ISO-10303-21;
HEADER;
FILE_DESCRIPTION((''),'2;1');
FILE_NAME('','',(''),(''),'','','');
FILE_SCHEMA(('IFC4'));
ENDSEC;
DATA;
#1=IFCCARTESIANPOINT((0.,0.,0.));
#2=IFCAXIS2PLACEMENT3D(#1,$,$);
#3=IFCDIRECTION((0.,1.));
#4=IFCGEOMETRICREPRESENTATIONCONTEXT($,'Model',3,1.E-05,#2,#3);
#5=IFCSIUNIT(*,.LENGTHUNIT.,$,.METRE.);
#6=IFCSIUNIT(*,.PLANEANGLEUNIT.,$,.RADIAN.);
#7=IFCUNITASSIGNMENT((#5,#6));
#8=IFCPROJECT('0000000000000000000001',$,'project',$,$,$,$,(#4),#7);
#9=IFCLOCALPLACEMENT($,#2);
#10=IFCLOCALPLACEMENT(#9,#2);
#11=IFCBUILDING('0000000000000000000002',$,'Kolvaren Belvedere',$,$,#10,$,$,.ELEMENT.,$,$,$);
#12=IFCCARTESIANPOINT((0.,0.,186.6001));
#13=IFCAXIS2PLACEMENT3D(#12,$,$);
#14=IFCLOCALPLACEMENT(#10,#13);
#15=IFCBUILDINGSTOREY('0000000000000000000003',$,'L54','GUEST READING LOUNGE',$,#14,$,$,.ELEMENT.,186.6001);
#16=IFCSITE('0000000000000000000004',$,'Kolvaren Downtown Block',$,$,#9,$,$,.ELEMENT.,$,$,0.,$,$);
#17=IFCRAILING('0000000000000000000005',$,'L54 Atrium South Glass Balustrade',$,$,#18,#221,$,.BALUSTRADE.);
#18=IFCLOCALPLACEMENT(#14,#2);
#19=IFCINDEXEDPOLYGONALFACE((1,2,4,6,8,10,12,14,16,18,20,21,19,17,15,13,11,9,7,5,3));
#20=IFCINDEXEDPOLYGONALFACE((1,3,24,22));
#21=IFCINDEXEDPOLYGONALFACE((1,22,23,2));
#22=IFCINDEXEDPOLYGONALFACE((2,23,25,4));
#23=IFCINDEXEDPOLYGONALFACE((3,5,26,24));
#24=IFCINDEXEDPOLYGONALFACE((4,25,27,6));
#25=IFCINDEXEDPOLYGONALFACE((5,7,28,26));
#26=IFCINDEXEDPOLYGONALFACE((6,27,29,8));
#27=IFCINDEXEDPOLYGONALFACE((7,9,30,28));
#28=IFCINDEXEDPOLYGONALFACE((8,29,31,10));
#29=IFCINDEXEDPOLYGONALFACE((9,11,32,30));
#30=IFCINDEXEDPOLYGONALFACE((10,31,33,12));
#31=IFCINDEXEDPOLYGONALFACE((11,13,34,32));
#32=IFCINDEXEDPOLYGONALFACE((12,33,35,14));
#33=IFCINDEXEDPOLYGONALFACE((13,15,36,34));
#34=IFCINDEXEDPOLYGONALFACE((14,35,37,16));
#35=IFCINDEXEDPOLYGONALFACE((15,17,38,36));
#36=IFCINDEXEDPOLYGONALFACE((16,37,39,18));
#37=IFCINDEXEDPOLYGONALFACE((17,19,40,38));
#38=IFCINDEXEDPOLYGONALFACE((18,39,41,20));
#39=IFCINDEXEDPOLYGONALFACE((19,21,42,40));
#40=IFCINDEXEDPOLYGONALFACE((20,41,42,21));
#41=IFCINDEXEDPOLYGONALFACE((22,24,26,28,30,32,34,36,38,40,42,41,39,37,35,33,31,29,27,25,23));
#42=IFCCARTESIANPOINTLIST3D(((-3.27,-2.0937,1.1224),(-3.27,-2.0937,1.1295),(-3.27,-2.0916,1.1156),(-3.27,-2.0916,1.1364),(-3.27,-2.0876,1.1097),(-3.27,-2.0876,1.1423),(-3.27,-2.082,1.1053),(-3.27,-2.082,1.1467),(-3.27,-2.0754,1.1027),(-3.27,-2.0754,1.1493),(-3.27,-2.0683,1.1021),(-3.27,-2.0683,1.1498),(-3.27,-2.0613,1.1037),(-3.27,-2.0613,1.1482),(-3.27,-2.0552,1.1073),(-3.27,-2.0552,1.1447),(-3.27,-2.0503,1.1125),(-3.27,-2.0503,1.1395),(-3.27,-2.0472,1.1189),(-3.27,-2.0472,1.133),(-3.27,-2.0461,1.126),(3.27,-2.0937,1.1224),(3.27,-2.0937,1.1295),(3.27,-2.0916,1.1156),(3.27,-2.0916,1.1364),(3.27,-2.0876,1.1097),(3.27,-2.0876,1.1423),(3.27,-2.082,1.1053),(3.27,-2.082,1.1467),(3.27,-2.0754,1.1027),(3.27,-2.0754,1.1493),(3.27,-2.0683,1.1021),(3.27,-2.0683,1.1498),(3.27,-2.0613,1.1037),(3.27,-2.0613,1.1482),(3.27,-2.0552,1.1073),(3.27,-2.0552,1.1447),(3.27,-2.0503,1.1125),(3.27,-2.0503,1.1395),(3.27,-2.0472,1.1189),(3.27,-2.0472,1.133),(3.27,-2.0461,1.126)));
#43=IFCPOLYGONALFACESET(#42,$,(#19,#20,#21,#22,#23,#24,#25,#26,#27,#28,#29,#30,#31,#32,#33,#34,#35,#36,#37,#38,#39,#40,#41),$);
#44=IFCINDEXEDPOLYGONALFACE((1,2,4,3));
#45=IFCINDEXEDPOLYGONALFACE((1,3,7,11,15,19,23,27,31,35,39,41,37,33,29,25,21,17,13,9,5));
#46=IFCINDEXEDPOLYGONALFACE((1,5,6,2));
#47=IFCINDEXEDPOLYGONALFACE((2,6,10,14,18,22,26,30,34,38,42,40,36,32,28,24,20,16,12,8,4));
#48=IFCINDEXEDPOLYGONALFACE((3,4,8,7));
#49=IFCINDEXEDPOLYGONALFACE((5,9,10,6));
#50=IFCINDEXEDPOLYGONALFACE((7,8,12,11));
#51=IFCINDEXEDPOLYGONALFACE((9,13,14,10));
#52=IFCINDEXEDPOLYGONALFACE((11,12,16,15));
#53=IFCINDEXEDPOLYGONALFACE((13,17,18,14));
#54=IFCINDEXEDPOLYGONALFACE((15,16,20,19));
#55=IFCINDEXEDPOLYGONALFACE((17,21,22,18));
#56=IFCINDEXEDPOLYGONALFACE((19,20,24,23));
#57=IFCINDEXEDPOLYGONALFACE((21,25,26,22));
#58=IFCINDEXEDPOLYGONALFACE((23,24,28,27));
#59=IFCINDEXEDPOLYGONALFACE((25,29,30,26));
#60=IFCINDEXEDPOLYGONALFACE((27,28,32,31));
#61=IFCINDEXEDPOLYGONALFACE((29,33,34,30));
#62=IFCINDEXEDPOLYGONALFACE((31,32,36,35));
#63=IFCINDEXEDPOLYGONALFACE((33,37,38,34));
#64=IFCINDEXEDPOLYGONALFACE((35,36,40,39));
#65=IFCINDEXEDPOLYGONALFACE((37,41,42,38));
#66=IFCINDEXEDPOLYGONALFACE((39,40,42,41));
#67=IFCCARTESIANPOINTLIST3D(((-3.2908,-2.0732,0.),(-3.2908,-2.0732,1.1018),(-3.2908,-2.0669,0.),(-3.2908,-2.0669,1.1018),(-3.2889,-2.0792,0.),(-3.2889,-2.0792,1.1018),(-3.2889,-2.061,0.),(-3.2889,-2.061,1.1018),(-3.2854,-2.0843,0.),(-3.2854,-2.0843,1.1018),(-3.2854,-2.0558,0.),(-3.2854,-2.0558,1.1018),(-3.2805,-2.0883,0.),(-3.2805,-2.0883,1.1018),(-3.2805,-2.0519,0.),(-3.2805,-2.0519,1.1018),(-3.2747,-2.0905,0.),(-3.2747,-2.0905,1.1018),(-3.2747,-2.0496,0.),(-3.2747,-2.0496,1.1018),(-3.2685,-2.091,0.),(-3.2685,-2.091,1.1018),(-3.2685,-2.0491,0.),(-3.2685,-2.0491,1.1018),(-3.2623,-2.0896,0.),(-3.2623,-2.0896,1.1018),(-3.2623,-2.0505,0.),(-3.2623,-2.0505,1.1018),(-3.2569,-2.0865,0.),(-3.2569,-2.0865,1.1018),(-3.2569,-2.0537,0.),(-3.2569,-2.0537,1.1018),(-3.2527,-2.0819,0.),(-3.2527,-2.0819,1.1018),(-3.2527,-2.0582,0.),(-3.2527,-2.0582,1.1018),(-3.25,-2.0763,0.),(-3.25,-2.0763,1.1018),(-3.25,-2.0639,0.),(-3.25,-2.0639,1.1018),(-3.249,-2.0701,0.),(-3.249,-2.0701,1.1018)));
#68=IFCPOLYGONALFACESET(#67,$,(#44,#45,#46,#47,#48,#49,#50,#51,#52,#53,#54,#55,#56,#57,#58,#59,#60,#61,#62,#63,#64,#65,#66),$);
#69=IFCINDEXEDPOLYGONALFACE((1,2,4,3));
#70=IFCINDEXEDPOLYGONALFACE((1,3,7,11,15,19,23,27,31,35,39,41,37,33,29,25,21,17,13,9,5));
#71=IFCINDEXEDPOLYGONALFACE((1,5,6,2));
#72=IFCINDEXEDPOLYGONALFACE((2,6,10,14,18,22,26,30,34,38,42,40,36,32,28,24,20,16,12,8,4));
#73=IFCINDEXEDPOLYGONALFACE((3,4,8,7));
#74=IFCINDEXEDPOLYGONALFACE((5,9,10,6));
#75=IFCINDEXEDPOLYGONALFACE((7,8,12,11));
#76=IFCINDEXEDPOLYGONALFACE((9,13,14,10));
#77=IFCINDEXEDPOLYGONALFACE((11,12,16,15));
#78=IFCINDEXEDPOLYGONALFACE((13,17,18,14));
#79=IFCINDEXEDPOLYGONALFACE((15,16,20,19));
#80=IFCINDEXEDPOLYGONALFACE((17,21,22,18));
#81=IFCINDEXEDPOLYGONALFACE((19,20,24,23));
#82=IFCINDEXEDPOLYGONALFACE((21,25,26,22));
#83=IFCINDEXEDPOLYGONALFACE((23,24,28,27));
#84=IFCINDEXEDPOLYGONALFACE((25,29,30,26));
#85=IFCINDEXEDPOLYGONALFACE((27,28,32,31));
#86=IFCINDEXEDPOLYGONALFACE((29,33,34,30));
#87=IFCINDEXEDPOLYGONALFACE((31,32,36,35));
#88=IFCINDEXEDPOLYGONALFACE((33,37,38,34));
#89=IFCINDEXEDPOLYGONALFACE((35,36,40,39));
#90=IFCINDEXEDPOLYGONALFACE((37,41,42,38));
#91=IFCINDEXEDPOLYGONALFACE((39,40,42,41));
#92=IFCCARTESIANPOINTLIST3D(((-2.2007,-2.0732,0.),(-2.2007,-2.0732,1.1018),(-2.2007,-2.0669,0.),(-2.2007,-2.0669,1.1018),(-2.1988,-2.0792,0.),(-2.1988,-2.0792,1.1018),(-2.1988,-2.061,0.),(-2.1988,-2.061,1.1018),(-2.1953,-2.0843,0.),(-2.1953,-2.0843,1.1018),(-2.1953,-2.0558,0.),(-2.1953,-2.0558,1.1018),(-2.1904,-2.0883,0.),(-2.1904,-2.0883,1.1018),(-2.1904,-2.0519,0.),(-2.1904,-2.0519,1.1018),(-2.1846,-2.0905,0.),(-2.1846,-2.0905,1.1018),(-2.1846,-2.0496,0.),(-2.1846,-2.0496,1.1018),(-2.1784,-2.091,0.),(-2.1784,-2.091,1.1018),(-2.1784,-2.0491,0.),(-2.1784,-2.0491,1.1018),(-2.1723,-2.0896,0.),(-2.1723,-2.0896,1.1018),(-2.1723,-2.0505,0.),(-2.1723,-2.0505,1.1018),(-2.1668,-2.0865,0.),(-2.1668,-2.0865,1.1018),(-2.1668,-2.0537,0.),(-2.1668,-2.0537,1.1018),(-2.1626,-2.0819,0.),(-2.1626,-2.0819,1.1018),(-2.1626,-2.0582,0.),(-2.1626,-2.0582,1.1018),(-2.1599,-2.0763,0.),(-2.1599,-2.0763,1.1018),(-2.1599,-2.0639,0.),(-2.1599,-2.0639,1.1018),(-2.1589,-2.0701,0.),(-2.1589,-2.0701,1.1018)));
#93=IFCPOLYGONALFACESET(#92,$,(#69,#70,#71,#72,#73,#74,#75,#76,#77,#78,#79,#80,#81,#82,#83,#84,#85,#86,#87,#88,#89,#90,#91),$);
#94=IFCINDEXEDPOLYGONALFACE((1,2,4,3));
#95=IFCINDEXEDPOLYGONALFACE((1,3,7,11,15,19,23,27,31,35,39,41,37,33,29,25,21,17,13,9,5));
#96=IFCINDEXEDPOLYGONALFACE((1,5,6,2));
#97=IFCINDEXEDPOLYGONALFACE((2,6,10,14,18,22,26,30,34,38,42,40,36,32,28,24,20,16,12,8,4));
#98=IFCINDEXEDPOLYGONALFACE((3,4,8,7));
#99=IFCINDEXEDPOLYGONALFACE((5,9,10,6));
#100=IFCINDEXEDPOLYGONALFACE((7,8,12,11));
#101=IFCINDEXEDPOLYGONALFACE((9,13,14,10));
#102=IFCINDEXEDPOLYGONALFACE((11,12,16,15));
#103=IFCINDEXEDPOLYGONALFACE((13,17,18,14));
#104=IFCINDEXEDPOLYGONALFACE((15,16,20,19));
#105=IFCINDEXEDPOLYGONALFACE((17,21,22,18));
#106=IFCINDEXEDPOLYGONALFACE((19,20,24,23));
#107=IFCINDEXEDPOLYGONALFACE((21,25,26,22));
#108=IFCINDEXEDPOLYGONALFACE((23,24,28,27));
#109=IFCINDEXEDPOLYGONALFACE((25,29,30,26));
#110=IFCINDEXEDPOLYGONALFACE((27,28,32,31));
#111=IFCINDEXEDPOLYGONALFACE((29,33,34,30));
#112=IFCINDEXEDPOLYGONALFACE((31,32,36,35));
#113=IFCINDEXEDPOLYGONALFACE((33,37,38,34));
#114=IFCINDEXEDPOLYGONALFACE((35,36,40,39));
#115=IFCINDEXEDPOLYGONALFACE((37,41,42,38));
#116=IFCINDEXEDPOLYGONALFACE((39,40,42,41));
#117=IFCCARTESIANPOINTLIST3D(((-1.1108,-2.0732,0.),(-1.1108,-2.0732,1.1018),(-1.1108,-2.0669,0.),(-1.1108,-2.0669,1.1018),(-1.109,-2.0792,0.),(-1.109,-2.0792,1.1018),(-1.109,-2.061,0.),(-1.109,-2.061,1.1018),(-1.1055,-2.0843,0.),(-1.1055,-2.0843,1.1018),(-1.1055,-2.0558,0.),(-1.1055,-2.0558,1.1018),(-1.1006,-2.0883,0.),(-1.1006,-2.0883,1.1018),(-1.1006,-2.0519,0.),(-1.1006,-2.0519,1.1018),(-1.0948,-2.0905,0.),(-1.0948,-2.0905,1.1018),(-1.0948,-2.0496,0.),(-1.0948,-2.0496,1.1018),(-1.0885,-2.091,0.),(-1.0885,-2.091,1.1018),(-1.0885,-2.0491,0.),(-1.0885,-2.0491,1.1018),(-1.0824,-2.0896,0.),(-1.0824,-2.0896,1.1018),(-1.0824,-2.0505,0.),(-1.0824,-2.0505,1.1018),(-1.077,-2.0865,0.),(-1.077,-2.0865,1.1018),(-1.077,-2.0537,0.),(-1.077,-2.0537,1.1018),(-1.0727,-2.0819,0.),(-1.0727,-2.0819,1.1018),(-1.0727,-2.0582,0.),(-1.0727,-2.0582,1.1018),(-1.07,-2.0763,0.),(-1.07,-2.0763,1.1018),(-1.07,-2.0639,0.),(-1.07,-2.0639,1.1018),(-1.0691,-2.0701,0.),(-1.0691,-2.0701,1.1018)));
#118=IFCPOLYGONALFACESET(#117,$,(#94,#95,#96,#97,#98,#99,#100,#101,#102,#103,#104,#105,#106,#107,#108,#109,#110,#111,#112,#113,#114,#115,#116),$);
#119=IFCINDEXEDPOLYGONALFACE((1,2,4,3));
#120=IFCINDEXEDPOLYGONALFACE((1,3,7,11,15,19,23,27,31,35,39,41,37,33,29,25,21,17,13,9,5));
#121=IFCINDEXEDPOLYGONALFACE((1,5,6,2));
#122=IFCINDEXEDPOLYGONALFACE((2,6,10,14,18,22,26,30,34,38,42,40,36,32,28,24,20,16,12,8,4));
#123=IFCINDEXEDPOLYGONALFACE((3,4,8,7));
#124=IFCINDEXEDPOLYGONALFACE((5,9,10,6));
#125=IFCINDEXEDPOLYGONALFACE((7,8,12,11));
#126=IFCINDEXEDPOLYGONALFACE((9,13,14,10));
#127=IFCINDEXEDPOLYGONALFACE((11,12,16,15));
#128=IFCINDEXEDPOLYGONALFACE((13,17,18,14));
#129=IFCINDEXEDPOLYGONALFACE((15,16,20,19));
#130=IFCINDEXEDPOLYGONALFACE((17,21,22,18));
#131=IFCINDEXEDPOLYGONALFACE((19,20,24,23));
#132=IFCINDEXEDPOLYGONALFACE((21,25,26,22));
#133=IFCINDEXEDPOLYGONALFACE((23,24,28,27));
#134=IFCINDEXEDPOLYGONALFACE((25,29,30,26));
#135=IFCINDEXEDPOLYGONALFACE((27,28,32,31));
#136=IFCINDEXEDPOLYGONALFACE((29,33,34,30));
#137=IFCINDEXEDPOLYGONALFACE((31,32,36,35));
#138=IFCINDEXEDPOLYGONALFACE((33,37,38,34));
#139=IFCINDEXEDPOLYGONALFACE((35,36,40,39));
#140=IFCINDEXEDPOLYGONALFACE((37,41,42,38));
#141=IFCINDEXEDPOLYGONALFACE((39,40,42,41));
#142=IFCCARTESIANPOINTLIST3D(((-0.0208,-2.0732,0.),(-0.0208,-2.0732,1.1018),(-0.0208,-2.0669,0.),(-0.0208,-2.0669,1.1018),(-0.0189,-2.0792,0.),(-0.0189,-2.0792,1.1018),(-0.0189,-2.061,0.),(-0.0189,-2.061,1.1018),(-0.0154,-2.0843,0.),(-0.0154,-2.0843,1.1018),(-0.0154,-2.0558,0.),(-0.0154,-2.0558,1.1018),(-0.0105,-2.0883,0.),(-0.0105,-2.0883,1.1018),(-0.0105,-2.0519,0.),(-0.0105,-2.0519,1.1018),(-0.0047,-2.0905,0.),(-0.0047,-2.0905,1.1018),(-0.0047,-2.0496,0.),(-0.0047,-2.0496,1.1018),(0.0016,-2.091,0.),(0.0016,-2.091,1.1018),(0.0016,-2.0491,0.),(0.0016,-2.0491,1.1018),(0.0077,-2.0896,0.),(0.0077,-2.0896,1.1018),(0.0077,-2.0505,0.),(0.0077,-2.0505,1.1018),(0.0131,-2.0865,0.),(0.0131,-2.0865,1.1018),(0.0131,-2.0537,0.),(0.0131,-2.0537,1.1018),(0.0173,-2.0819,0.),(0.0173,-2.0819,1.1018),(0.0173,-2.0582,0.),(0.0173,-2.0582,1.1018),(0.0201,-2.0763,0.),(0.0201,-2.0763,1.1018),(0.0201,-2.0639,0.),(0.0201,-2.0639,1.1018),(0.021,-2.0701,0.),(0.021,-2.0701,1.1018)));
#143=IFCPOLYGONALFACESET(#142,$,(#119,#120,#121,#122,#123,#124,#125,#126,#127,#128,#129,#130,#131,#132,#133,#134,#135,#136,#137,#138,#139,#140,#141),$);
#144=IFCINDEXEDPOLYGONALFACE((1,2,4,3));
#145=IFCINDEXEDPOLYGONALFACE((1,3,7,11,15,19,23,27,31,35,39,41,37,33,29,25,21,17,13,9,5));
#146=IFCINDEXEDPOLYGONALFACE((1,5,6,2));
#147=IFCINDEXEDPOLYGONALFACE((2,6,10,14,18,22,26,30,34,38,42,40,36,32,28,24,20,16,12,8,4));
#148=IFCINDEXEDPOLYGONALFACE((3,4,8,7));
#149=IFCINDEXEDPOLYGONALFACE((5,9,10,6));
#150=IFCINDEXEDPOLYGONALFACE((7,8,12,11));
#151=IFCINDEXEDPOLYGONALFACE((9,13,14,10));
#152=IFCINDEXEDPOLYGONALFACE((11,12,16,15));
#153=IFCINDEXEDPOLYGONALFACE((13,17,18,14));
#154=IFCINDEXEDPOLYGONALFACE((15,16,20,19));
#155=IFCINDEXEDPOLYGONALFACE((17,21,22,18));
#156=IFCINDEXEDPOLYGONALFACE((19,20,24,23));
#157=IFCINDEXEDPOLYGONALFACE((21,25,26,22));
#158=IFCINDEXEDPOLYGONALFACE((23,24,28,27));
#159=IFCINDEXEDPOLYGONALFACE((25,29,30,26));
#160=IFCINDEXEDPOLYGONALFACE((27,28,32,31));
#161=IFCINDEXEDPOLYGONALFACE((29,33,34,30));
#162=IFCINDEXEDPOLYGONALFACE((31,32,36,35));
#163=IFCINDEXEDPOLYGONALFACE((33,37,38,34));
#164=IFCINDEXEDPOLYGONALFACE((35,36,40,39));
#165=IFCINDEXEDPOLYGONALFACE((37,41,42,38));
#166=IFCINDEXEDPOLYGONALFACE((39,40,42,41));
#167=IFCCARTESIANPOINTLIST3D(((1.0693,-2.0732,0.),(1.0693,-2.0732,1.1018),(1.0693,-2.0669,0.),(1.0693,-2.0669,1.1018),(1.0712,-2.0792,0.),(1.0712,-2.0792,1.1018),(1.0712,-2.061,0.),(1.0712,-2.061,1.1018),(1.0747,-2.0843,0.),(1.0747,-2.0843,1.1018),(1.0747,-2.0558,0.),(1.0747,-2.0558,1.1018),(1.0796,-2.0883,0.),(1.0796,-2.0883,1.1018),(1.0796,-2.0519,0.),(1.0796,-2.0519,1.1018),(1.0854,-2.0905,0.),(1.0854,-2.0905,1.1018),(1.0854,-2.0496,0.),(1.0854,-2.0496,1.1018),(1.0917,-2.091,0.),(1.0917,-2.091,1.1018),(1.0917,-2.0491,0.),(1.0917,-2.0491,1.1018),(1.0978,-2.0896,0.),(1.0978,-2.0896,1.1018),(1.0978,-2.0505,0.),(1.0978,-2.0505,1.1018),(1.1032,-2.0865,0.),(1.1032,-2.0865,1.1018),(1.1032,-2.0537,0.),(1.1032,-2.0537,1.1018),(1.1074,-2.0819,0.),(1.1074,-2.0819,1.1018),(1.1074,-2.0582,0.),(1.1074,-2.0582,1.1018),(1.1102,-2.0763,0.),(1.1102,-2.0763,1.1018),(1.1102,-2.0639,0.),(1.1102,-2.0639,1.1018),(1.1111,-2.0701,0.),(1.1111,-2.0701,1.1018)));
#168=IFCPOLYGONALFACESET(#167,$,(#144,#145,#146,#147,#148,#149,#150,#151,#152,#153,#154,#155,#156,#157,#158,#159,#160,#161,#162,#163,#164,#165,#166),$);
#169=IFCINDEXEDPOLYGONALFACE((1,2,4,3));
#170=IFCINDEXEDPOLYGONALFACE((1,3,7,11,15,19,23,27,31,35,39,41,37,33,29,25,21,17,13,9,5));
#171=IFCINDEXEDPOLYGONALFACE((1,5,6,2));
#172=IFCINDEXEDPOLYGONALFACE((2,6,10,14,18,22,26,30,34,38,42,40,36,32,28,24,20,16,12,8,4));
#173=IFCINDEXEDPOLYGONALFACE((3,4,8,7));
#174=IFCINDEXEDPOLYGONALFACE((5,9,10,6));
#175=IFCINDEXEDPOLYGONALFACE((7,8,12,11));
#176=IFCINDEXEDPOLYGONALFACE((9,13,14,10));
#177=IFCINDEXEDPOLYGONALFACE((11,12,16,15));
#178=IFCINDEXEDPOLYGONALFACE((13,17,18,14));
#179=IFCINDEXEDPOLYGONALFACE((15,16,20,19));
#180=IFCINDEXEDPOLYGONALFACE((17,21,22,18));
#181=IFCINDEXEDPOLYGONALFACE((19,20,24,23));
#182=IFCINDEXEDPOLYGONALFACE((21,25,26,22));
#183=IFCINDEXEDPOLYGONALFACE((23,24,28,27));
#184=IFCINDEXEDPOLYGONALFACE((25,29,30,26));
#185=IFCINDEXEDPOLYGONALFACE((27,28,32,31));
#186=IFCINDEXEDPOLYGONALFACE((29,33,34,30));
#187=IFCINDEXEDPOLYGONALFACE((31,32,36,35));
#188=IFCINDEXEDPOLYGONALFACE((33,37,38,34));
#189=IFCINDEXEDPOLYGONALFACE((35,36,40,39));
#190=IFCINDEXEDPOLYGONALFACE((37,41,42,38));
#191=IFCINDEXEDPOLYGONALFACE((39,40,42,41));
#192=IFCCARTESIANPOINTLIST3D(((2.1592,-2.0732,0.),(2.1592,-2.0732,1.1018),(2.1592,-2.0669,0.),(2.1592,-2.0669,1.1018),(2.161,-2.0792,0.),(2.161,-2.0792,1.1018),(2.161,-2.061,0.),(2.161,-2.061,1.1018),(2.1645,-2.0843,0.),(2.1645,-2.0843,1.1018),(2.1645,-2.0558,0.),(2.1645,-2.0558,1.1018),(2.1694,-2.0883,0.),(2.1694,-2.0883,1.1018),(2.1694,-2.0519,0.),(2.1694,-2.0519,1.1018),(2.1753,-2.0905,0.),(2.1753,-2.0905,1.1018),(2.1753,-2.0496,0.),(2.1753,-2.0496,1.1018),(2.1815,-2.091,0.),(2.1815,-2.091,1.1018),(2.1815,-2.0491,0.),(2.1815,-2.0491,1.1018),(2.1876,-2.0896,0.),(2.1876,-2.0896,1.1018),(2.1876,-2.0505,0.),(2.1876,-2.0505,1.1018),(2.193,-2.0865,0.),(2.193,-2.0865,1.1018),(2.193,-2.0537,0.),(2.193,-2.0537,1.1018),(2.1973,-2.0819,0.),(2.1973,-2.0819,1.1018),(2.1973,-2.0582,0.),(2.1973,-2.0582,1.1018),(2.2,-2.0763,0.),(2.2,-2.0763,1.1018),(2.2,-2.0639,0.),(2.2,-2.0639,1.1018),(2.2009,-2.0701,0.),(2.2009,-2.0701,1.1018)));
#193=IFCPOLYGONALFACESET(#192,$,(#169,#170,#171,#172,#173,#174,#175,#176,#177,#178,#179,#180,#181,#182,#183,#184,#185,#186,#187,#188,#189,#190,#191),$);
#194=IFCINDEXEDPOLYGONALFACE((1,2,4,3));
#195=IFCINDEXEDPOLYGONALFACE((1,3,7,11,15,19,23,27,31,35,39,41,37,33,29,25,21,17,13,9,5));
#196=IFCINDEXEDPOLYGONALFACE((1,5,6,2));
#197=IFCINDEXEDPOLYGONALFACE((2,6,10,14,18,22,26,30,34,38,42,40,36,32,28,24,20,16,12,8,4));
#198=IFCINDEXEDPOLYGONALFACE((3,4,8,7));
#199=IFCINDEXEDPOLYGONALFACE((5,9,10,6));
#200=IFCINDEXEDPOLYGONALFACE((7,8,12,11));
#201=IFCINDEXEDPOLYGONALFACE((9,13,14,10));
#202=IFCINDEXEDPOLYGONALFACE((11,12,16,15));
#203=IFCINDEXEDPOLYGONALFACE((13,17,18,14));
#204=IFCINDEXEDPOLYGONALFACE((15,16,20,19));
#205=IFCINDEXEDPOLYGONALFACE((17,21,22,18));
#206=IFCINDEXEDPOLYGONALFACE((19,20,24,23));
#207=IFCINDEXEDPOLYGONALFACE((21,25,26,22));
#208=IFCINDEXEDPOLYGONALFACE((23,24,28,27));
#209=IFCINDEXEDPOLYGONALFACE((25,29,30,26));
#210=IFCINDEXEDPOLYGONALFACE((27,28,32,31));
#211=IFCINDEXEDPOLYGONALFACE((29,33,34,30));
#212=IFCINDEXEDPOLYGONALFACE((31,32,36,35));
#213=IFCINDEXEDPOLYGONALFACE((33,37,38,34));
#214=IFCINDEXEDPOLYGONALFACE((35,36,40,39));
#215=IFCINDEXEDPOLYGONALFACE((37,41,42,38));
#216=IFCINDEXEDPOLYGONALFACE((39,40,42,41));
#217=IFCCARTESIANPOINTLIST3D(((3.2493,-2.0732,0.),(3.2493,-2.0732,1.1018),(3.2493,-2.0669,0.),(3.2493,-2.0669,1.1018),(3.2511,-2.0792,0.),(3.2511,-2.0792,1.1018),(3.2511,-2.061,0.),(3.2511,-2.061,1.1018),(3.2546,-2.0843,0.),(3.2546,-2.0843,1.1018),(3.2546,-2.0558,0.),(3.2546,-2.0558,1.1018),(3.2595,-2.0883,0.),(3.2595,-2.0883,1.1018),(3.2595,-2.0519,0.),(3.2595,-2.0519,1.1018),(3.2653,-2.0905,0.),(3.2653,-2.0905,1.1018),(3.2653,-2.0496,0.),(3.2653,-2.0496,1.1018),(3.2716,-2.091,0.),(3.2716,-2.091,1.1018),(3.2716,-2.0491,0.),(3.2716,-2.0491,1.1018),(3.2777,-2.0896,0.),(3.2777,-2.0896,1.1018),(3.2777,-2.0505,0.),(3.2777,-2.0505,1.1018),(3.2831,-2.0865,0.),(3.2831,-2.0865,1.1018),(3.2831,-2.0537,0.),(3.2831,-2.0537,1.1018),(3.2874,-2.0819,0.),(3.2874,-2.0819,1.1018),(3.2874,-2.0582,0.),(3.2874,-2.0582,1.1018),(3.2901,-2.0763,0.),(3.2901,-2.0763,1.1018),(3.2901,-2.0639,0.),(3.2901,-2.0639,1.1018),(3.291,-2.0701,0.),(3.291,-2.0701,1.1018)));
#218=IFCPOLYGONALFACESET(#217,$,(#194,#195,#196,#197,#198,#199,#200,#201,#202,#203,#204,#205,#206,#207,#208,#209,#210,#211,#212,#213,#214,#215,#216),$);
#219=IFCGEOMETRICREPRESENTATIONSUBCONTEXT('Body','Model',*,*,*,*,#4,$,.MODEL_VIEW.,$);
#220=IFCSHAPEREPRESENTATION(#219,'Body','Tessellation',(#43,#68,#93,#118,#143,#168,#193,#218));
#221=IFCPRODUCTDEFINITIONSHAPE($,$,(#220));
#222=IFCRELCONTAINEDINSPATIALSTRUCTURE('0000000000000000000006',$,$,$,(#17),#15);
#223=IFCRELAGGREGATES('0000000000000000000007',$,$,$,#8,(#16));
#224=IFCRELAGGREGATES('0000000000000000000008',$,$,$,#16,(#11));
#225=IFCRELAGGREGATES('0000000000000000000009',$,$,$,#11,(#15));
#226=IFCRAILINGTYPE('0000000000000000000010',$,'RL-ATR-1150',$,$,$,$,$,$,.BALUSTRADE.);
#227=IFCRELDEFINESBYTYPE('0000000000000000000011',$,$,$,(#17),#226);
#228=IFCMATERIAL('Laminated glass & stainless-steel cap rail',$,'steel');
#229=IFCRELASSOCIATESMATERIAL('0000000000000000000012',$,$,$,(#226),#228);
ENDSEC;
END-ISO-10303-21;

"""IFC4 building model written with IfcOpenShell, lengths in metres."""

from ifc_helpers import new_model, si_unit, direction, frame, origin, origin_2d, place, context, subcontext, project, spatial, circle, extrude, material, type_object, element, save


model = new_model("IFC4")

# Units and contexts
model_context = context("Model", 3, precision=1e-05, world=origin(), true_north=direction((0.0, 1.0)))
body_context = subcontext(model_context, "Body", "Model", "MODEL_VIEW")
ifc_project = project(units=[si_unit("LENGTHUNIT", "METRE"), si_unit("PLANEANGLEUNIT", "RADIAN")], contexts=[model_context])

# Site, building, storey
site_placement = place(None, origin())
site = spatial("IfcSite", under=ifc_project, at=site_placement, Name="Kolvaren Downtown Block", CompositionType="ELEMENT", RefElevation=0.0)
building_placement = place(site_placement, origin())
building = spatial("IfcBuilding", under=site, at=building_placement, Name="Kolvaren Belvedere", CompositionType="ELEMENT")
storey_placement = place(building_placement, frame((0.0, 0.0, 186.6001)))
storey = spatial("IfcBuildingStorey", under=building, at=storey_placement, Name="L54", Description="GUEST READING LOUNGE", CompositionType="ELEMENT", Elevation=186.6001)

# Railing
ifc_material_1 = material(Name="Laminated glass & stainless-steel cap rail", Category="steel")
railing_type_1 = type_object("IfcRailingType", Name="RL-ATR-1150", PredefinedType="BALUSTRADE", material=ifc_material_1)
railing_1_placement = place(storey_placement, frame((-3.27, -2.0701, 0.0)))
element("IfcRailing", 1, at=railing_1_placement, inside=storey, type_object=railing_type_1, Name="L54 Atrium South Glass Balustrade", PredefinedType="BALUSTRADE", context=body_context, shape_type="SweptSolid", body=[
    extrude(circle(Radius=0.0239, at=origin_2d()), frame((0.0, 0.0, 1.126), z_axis=(1.0, 0.0, 0.0), x_axis=(0.0, 1.0, 0.0)), (0.0, 0.0, 1.0), 6.54),
    extrude(circle(Radius=0.021, at=origin_2d()), origin(), (0.0, 0.0, 1.0), 1.1018),
    extrude(circle(Radius=0.021, at=origin_2d()), frame((1.0901, 0.0, 0.0)), (0.0, 0.0, 1.0), 1.1018),
    extrude(circle(Radius=0.021, at=origin_2d()), frame((2.1799, 0.0, 0.0)), (0.0, 0.0, 1.0), 1.1018),
    extrude(circle(Radius=0.021, at=origin_2d()), frame((3.27, 0.0, 0.0)), (0.0, 0.0, 1.0), 1.1018),
    extrude(circle(Radius=0.021, at=origin_2d()), frame((4.3601, 0.0, 0.0)), (0.0, 0.0, 1.0), 1.1018),
    extrude(circle(Radius=0.021, at=origin_2d()), frame((5.45, 0.0, 0.0)), (0.0, 0.0, 1.0), 1.1018),
    extrude(circle(Radius=0.021, at=origin_2d()), frame((6.54, 0.0, 0.0)), (0.0, 0.0, 1.0), 1.1018),
])

save(model, "model.ifc")
